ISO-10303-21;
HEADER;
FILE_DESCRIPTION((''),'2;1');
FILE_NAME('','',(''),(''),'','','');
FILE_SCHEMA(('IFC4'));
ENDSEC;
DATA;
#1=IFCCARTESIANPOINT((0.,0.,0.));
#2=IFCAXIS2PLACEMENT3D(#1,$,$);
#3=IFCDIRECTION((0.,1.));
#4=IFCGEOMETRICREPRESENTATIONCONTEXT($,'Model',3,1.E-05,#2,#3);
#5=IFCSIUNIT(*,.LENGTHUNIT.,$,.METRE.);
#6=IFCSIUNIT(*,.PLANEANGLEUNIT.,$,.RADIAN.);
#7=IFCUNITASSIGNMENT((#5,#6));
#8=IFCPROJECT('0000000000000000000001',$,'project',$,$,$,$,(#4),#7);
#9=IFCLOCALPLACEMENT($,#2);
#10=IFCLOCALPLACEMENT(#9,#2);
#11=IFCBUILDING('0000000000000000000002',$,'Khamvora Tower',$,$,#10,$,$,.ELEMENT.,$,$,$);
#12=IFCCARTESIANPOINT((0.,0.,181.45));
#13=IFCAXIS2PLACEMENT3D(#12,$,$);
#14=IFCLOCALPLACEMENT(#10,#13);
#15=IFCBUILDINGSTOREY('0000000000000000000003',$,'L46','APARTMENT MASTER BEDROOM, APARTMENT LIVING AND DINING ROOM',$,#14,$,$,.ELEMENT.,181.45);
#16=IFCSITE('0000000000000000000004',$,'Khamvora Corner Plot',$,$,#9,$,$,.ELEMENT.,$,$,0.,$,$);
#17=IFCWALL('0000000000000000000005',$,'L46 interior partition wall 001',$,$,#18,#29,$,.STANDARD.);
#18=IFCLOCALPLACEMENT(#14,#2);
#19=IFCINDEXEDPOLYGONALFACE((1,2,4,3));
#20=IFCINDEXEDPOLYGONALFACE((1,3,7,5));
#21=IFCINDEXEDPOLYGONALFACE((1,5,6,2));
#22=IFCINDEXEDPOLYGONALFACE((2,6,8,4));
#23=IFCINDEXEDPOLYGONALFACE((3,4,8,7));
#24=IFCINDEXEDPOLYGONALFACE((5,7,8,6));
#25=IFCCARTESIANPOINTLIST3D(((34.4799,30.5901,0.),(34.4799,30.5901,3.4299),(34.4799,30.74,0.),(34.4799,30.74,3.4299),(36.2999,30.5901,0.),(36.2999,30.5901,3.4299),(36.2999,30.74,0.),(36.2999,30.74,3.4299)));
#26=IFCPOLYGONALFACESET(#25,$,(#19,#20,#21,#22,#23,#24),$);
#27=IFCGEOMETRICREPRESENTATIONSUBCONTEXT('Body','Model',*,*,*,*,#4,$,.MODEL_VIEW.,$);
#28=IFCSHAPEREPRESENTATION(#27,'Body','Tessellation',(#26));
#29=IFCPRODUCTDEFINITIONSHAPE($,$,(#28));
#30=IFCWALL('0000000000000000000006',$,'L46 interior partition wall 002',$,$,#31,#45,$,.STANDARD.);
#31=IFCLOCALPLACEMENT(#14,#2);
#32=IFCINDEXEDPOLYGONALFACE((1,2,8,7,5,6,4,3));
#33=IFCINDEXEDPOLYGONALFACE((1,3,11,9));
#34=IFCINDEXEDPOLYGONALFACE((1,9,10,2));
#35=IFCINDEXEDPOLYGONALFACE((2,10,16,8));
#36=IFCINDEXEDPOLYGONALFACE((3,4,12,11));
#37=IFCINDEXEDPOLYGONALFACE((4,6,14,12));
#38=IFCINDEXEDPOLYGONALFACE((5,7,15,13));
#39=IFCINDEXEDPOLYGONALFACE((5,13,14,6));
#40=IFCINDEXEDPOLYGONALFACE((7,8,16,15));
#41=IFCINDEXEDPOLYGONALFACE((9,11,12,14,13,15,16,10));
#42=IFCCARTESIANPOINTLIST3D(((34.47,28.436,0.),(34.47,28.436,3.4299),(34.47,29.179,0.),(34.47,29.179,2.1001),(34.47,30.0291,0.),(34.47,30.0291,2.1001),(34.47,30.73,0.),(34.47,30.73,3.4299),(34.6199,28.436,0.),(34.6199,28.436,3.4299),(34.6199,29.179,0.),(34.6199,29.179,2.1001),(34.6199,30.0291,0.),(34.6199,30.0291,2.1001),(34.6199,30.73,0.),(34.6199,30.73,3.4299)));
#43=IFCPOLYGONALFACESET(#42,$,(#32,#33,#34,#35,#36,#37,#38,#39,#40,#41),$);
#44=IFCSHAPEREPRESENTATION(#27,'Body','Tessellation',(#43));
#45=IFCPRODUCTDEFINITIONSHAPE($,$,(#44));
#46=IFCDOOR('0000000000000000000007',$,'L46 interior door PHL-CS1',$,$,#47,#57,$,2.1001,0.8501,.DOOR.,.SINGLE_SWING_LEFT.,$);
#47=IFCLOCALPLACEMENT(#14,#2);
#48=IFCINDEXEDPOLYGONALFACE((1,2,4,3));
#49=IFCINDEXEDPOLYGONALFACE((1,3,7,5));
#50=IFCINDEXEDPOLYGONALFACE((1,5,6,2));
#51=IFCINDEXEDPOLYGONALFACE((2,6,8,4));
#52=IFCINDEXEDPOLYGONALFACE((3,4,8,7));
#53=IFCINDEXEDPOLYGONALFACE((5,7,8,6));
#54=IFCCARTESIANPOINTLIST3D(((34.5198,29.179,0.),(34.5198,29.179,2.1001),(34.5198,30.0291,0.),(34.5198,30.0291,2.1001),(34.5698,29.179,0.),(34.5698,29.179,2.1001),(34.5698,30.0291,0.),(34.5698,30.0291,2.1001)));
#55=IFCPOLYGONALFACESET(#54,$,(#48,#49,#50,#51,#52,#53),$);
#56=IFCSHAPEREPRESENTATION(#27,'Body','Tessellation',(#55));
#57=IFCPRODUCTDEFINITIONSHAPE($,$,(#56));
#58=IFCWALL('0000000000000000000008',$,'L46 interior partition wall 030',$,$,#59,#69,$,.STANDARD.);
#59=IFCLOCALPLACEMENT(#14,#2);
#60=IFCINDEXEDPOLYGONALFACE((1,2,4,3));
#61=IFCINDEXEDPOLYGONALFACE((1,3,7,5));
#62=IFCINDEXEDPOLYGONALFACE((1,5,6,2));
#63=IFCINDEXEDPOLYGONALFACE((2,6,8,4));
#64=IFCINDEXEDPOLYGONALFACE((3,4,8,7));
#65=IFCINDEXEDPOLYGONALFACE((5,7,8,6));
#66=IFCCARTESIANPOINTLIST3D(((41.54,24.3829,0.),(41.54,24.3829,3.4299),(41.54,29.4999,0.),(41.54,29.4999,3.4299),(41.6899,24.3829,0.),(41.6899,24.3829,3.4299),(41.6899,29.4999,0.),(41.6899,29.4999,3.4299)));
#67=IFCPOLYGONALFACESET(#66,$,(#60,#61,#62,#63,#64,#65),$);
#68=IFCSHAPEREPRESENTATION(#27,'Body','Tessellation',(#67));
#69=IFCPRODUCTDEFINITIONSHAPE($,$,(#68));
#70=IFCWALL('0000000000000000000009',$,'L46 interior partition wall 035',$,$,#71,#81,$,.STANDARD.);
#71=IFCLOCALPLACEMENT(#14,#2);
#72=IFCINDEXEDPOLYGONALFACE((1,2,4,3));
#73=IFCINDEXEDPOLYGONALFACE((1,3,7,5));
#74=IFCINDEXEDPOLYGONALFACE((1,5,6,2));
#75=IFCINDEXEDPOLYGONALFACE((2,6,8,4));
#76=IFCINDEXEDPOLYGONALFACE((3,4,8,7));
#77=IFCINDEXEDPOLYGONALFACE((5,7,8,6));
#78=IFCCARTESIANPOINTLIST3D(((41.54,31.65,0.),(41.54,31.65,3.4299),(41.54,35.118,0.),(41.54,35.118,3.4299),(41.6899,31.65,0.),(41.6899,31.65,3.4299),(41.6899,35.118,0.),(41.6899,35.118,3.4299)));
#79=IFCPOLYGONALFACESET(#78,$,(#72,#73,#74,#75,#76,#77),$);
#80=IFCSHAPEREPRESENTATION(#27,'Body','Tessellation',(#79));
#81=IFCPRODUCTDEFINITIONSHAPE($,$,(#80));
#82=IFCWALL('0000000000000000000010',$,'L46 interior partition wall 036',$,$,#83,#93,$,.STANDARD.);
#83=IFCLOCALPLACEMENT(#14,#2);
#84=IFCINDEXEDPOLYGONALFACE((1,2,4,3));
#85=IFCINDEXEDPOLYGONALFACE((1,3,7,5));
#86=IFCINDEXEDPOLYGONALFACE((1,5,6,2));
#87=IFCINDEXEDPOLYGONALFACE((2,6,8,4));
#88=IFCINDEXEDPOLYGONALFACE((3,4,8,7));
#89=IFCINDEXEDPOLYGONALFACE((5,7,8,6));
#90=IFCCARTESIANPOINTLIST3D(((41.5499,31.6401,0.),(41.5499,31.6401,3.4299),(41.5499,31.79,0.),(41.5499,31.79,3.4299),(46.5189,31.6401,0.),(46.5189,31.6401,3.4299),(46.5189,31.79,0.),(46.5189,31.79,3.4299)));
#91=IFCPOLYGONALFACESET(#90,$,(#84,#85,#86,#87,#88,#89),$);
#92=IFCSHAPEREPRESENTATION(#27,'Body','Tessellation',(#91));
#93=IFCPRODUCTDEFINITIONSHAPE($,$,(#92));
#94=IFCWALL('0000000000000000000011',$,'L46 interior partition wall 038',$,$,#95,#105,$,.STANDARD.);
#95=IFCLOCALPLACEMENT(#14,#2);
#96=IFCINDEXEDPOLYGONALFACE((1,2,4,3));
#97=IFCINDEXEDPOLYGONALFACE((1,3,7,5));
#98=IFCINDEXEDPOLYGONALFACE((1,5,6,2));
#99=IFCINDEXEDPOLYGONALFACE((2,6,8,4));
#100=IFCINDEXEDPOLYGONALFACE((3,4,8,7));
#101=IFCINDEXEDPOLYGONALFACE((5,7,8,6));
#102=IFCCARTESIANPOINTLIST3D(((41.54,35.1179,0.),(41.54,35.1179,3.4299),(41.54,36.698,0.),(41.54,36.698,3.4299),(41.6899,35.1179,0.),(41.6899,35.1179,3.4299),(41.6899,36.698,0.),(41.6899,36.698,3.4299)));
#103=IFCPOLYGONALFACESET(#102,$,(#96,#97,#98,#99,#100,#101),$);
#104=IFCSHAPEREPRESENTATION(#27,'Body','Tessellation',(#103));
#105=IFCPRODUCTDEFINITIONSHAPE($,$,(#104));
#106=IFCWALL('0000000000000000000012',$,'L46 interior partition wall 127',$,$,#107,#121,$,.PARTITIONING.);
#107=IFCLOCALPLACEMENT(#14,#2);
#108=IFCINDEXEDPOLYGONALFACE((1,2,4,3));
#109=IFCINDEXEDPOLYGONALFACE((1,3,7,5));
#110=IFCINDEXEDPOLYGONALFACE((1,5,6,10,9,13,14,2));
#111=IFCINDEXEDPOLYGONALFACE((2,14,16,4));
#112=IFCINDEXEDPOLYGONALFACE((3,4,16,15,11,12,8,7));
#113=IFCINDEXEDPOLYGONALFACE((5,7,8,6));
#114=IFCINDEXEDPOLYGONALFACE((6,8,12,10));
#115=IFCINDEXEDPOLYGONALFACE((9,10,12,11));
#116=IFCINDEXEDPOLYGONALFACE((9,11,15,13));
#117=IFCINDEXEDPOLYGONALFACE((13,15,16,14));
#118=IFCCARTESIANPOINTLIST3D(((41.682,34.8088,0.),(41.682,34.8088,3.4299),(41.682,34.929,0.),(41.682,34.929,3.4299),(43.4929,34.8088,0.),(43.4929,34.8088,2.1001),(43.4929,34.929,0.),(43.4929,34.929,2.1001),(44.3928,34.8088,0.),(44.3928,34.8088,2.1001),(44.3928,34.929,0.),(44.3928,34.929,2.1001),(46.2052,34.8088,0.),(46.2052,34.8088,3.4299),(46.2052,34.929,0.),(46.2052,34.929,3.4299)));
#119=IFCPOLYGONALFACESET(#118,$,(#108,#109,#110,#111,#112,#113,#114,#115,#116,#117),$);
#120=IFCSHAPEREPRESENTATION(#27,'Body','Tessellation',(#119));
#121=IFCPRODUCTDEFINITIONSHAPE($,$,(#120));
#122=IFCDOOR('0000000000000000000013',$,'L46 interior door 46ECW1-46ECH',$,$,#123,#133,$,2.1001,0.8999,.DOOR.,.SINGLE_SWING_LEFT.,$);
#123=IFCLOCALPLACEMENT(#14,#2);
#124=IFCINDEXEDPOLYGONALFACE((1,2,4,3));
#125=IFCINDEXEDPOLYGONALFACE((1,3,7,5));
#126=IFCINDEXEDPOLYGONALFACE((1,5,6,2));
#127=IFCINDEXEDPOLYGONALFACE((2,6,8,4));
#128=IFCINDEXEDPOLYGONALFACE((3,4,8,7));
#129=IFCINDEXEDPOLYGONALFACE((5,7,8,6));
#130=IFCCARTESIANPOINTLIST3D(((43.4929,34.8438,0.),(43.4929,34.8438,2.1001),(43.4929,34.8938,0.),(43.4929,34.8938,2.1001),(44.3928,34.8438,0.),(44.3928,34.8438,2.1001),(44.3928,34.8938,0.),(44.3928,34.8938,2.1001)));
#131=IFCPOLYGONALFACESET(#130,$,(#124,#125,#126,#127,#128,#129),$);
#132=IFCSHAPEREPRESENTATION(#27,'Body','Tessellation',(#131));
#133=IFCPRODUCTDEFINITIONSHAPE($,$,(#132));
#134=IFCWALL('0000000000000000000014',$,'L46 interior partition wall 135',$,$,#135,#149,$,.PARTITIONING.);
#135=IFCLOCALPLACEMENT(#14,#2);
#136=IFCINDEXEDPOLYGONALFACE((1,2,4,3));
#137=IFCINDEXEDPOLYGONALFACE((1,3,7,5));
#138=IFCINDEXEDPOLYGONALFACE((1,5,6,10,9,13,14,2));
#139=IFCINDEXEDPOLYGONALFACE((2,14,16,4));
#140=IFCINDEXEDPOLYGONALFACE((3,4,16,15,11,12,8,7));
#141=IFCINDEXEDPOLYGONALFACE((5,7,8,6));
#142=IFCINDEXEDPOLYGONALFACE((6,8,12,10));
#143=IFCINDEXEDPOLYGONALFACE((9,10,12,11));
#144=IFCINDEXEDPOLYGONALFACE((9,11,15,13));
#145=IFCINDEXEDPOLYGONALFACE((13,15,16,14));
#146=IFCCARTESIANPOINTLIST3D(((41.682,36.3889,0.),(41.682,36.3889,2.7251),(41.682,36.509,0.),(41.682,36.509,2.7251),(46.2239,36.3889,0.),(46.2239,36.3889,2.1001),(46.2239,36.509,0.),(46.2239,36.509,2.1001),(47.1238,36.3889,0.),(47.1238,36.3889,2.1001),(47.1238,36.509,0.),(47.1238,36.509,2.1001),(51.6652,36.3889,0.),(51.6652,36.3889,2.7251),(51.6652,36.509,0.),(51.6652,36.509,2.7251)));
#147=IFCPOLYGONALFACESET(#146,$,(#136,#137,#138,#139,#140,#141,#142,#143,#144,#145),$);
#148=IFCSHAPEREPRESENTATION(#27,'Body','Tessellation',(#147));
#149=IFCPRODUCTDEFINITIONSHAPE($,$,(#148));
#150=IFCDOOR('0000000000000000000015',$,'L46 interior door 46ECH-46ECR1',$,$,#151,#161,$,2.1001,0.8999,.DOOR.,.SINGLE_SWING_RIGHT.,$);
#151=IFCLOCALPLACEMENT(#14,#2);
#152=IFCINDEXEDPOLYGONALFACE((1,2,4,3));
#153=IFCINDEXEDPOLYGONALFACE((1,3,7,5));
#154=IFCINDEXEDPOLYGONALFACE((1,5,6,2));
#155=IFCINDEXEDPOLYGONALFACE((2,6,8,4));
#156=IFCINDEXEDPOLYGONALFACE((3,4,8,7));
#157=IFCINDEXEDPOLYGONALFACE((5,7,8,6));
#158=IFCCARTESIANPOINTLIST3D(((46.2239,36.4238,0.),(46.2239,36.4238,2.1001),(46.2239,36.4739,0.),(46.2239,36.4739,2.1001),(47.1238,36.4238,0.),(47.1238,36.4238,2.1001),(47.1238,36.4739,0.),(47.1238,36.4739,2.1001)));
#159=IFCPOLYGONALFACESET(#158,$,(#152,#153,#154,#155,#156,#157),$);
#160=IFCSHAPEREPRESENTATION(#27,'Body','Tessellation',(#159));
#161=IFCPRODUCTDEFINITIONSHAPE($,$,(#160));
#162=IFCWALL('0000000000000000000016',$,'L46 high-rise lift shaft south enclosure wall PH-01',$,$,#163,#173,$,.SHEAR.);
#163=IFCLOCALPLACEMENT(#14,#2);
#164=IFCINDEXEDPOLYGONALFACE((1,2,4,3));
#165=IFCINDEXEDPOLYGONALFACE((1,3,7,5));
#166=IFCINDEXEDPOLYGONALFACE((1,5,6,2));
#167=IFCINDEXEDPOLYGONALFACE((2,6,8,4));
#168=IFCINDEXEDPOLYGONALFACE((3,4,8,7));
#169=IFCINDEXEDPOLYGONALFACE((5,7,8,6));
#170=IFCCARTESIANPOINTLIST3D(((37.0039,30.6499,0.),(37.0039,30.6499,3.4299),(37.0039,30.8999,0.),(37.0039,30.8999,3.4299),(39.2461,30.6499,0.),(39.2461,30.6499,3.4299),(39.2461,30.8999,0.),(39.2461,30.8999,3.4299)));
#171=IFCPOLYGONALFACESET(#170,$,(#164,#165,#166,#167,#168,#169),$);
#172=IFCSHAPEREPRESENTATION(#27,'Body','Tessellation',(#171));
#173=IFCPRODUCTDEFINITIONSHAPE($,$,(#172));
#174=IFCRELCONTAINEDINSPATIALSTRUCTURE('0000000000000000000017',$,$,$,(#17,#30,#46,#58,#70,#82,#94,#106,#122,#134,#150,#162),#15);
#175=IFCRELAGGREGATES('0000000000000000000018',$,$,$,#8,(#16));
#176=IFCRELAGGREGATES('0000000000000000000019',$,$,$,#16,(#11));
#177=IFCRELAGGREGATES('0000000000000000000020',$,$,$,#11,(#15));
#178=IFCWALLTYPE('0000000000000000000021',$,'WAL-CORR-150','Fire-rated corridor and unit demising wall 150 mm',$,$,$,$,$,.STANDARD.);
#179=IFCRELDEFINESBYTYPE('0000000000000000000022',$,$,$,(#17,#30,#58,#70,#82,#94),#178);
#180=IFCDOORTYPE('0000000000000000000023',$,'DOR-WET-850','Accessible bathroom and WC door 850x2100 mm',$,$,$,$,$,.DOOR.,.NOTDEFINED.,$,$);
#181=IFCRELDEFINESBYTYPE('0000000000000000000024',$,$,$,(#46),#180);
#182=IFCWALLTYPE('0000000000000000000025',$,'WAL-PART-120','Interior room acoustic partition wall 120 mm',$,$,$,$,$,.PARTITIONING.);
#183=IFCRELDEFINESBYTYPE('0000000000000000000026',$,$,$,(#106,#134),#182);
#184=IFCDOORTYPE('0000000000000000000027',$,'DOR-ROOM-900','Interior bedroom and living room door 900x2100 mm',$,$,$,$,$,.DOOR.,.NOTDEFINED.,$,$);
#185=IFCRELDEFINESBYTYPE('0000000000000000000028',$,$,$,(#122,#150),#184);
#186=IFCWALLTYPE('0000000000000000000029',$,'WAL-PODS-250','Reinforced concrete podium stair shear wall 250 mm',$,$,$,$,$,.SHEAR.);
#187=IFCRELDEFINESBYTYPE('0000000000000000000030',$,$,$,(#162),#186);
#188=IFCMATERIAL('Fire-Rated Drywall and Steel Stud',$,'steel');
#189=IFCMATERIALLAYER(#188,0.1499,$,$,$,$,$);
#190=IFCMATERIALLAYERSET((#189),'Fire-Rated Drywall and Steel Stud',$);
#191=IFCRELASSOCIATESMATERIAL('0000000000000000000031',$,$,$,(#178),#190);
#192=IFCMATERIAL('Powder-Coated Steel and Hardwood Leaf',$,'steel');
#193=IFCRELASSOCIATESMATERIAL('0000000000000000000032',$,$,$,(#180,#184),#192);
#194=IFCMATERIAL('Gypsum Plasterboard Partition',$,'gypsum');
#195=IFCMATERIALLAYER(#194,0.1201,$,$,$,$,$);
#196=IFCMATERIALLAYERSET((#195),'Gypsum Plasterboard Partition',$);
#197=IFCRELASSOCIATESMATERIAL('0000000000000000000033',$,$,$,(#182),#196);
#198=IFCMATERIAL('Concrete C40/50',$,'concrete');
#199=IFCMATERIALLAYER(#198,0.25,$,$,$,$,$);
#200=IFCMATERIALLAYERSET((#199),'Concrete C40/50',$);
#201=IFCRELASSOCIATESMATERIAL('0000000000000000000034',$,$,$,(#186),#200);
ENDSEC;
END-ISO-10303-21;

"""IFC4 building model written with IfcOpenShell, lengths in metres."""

from ifc_helpers import new_model, si_unit, direction, frame, frame_2d, origin, place, context, subcontext, project, spatial, rectangle, extrude, material, layer, layer_set, type_object, element, fill, save


model = new_model("IFC4")

# Units and contexts
model_context = context("Model", 3, precision=1e-05, world=origin(), true_north=direction((0.0, 1.0)))
body_context = subcontext(model_context, "Body", "Model", "MODEL_VIEW")
ifc_project = project(units=[si_unit("LENGTHUNIT", "METRE"), si_unit("PLANEANGLEUNIT", "RADIAN")], contexts=[model_context])

# Site, building, storey
site_placement = place(None, origin())
site = spatial("IfcSite", under=ifc_project, at=site_placement, Name="Khamvora Corner Plot", CompositionType="ELEMENT", RefElevation=0.0)
building_placement = place(site_placement, origin())
building = spatial("IfcBuilding", under=site, at=building_placement, Name="Khamvora Tower", CompositionType="ELEMENT")
storey_placement = place(building_placement, frame((0.0, 0.0, 181.45)))
storey = spatial("IfcBuildingStorey", under=building, at=storey_placement, Name="L46", Description="APARTMENT MASTER BEDROOM, APARTMENT LIVING AND DINING ROOM", CompositionType="ELEMENT", Elevation=181.45)

# Shared definitions
ifc_material_1 = material(Name="Powder-Coated Steel and Hardwood Leaf", Category="steel")

# Wall
ifc_material_2 = material(Name="Fire-Rated Drywall and Steel Stud", Category="steel")
ifc_layer_1 = layer(ifc_material_2, 0.1499)
ifc_layer_set_1 = layer_set([ifc_layer_1], Name="Fire-Rated Drywall and Steel Stud")
wall_type_1 = type_object("IfcWallType", Name="WAL-CORR-150", Description="Fire-rated corridor and unit demising wall 150 mm", PredefinedType="STANDARD", material=ifc_layer_set_1)
wall_1_placement = place(storey_placement, frame((36.3, 30.665, 0.0), z_axis=(0.0, 0.0, 1.0), x_axis=(-1.0, 0.0, 0.0)))
element("IfcWall", 1, at=wall_1_placement, inside=storey, type_object=wall_type_1, Name="L46 interior partition wall 001", PredefinedType="STANDARD", context=body_context, shape_type="SweptSolid", body=[
    extrude(rectangle(XDim=1.8201, YDim=0.1499, at=frame_2d((0.9102, 0.0))), origin(), (0.0, 0.0, 1.0), 3.4299),
])

# Wall, opening, door
wall_2_placement = place(storey_placement, frame((34.5449, 30.73, 0.0), z_axis=(0.0, 0.0, 1.0), x_axis=(0.0, -1.0, 0.0)))
wall_2 = element("IfcWall", 2, at=wall_2_placement, inside=storey, type_object=wall_type_1, Name="L46 interior partition wall 002", PredefinedType="STANDARD", context=body_context, shape_type="SweptSolid", body=[
    extrude(rectangle(XDim=2.2939, YDim=0.1499, at=frame_2d((1.147, 0.0))), origin(), (0.0, 0.0, 1.0), 3.4299),
])
opening_1_placement = place(wall_2_placement, frame((0.7009, 0.0, 0.0)))
opening_1 = element("IfcOpeningElement", 3, at=opening_1_placement, cuts=wall_2, PredefinedType="OPENING", context=body_context, shape_type="SweptSolid", body=[
    extrude(rectangle(XDim=0.8501, YDim=2.1001, at=frame_2d((0.425, 1.05))), frame((0.0, 0.085, 0.0), z_axis=(0.0, -1.0, 0.0), x_axis=(1.0, 0.0, 0.0)), (0.0, 0.0, 1.0), 0.1699),
])
door_type_1 = type_object("IfcDoorType", Name="DOR-WET-850", Description="Accessible bathroom and WC door 850x2100 mm", OperationType="NOTDEFINED", PredefinedType="DOOR", material=ifc_material_1)
door_1_placement = place(opening_1_placement, origin())
door_1 = element("IfcDoor", 4, at=door_1_placement, inside=storey, type_object=door_type_1, Name="L46 interior door PHL-CS1", OperationType="SINGLE_SWING_LEFT", OverallHeight=2.1001, OverallWidth=0.8501, PredefinedType="DOOR", context=body_context, shape_type="SweptSolid", body=[
    extrude(rectangle(XDim=0.8501, YDim=2.1001, at=frame_2d((0.425, 1.05))), frame((0.0, 0.0249, 0.0), z_axis=(0.0, -1.0, 0.0), x_axis=(1.0, 0.0, 0.0)), (0.0, 0.0, 1.0), 0.05),
])
fill(opening_1, door_1)

# Walls
wall_3_placement = place(storey_placement, frame((41.615, 29.5, 0.0), z_axis=(0.0, 0.0, 1.0), x_axis=(0.0, -1.0, 0.0)))
element("IfcWall", 5, at=wall_3_placement, inside=storey, type_object=wall_type_1, Name="L46 interior partition wall 030", PredefinedType="STANDARD", context=body_context, shape_type="SweptSolid", body=[
    extrude(rectangle(XDim=5.1169, YDim=0.1499, at=frame_2d((2.5586, 0.0))), origin(), (0.0, 0.0, 1.0), 3.4299),
])
wall_4_placement = place(storey_placement, frame((41.615, 35.1179, 0.0), z_axis=(0.0, 0.0, 1.0), x_axis=(0.0, -1.0, 0.0)))
element("IfcWall", 6, at=wall_4_placement, inside=storey, type_object=wall_type_1, Name="L46 interior partition wall 035", PredefinedType="STANDARD", context=body_context, shape_type="SweptSolid", body=[
    extrude(rectangle(XDim=3.468, YDim=0.1499, at=frame_2d((1.7339, 0.0))), origin(), (0.0, 0.0, 1.0), 3.4299),
])
wall_5_placement = place(storey_placement, frame((41.55, 31.7151, 0.0), z_axis=(0.0, 0.0, 1.0), x_axis=(1.0, 0.0, 0.0)))
element("IfcWall", 7, at=wall_5_placement, inside=storey, type_object=wall_type_1, Name="L46 interior partition wall 036", PredefinedType="STANDARD", context=body_context, shape_type="SweptSolid", body=[
    extrude(rectangle(XDim=4.969, YDim=0.1499, at=frame_2d((2.4844, 0.0))), origin(), (0.0, 0.0, 1.0), 3.4299),
])
wall_6_placement = place(storey_placement, frame((41.615, 36.698, 0.0), z_axis=(0.0, 0.0, 1.0), x_axis=(0.0, -1.0, 0.0)))
element("IfcWall", 8, at=wall_6_placement, inside=storey, type_object=wall_type_1, Name="L46 interior partition wall 038", PredefinedType="STANDARD", context=body_context, shape_type="SweptSolid", body=[
    extrude(rectangle(XDim=1.5801, YDim=0.1499, at=frame_2d((0.79, 0.0))), origin(), (0.0, 0.0, 1.0), 3.4299),
])

# Walls, openings, doors
ifc_material_3 = material(Name="Gypsum Plasterboard Partition", Category="gypsum")
ifc_layer_2 = layer(ifc_material_3, 0.1201)
ifc_layer_set_2 = layer_set([ifc_layer_2], Name="Gypsum Plasterboard Partition")
wall_type_2 = type_object("IfcWallType", Name="WAL-PART-120", Description="Interior room acoustic partition wall 120 mm", PredefinedType="PARTITIONING", material=ifc_layer_set_2)
wall_7_placement = place(storey_placement, frame((41.6819, 34.8689, 0.0), z_axis=(0.0, 0.0, 1.0), x_axis=(1.0, 0.0, 0.0)))
wall_7 = element("IfcWall", 9, at=wall_7_placement, inside=storey, type_object=wall_type_2, Name="L46 interior partition wall 127", PredefinedType="PARTITIONING", context=body_context, shape_type="SweptSolid", body=[
    extrude(rectangle(XDim=4.5232, YDim=0.1201, at=frame_2d((2.2617, 0.0))), origin(), (0.0, 0.0, 1.0), 3.4299),
])
opening_2_placement = place(wall_7_placement, frame((1.811, 0.0, 0.0)))
opening_2 = element("IfcOpeningElement", 10, at=opening_2_placement, cuts=wall_7, PredefinedType="OPENING", context=body_context, shape_type="SweptSolid", body=[
    extrude(rectangle(XDim=0.8999, YDim=2.1001, at=frame_2d((0.45, 1.05))), frame((0.0, 0.0701, 0.0), z_axis=(0.0, -1.0, 0.0), x_axis=(1.0, 0.0, 0.0)), (0.0, 0.0, 1.0), 0.1401),
])
door_type_2 = type_object("IfcDoorType", Name="DOR-ROOM-900", Description="Interior bedroom and living room door 900x2100 mm", OperationType="NOTDEFINED", PredefinedType="DOOR", material=ifc_material_1)
door_2_placement = place(opening_2_placement, origin())
door_2 = element("IfcDoor", 11, at=door_2_placement, inside=storey, type_object=door_type_2, Name="L46 interior door 46ECW1-46ECH", OperationType="SINGLE_SWING_LEFT", OverallHeight=2.1001, OverallWidth=0.8999, PredefinedType="DOOR", context=body_context, shape_type="SweptSolid", body=[
    extrude(rectangle(XDim=0.8999, YDim=2.1001, at=frame_2d((0.45, 1.05))), frame((0.0, 0.0249, 0.0), z_axis=(0.0, -1.0, 0.0), x_axis=(1.0, 0.0, 0.0)), (0.0, 0.0, 1.0), 0.05),
])
fill(opening_2, door_2)
wall_8_placement = place(storey_placement, frame((41.6819, 36.449, 0.0), z_axis=(0.0, 0.0, 1.0), x_axis=(1.0, 0.0, 0.0)))
wall_8 = element("IfcWall", 12, at=wall_8_placement, inside=storey, type_object=wall_type_2, Name="L46 interior partition wall 135", PredefinedType="PARTITIONING", context=body_context, shape_type="SweptSolid", body=[
    extrude(rectangle(XDim=9.9832, YDim=0.1201, at=frame_2d((4.9917, 0.0))), origin(), (0.0, 0.0, 1.0), 2.7251),
])
opening_3_placement = place(wall_8_placement, frame((4.542, 0.0, 0.0)))
opening_3 = element("IfcOpeningElement", 13, at=opening_3_placement, cuts=wall_8, PredefinedType="OPENING", context=body_context, shape_type="SweptSolid", body=[
    extrude(rectangle(XDim=0.8999, YDim=2.1001, at=frame_2d((0.45, 1.05))), frame((0.0, 0.0701, 0.0), z_axis=(0.0, -1.0, 0.0), x_axis=(1.0, 0.0, 0.0)), (0.0, 0.0, 1.0), 0.1401),
])
door_3_placement = place(opening_3_placement, origin())
door_3 = element("IfcDoor", 14, at=door_3_placement, inside=storey, type_object=door_type_2, Name="L46 interior door 46ECH-46ECR1", OperationType="SINGLE_SWING_RIGHT", OverallHeight=2.1001, OverallWidth=0.8999, PredefinedType="DOOR", context=body_context, shape_type="SweptSolid", body=[
    extrude(rectangle(XDim=0.8999, YDim=2.1001, at=frame_2d((0.45, 1.05))), frame((0.0, 0.0249, 0.0), z_axis=(0.0, -1.0, 0.0), x_axis=(1.0, 0.0, 0.0)), (0.0, 0.0, 1.0), 0.05),
])
fill(opening_3, door_3)

# Wall
ifc_material_4 = material(Name="Concrete C40/50", Category="concrete")
ifc_layer_3 = layer(ifc_material_4, 0.25)
ifc_layer_set_3 = layer_set([ifc_layer_3], Name="Concrete C40/50")
wall_type_3 = type_object("IfcWallType", Name="WAL-PODS-250", Description="Reinforced concrete podium stair shear wall 250 mm", PredefinedType="SHEAR", material=ifc_layer_set_3)
wall_9_placement = place(storey_placement, frame((37.0039, 30.7749, 0.0), z_axis=(0.0, 0.0, 1.0), x_axis=(1.0, 0.0, 0.0)))
element("IfcWall", 15, at=wall_9_placement, inside=storey, type_object=wall_type_3, Name="L46 high-rise lift shaft south enclosure wall PH-01", PredefinedType="SHEAR", context=body_context, shape_type="SweptSolid", body=[
    extrude(rectangle(XDim=2.2422, YDim=0.25, at=frame_2d((1.1211, 0.0))), origin(), (0.0, 0.0, 1.0), 3.4299),
])

save(model, "model.ifc")
